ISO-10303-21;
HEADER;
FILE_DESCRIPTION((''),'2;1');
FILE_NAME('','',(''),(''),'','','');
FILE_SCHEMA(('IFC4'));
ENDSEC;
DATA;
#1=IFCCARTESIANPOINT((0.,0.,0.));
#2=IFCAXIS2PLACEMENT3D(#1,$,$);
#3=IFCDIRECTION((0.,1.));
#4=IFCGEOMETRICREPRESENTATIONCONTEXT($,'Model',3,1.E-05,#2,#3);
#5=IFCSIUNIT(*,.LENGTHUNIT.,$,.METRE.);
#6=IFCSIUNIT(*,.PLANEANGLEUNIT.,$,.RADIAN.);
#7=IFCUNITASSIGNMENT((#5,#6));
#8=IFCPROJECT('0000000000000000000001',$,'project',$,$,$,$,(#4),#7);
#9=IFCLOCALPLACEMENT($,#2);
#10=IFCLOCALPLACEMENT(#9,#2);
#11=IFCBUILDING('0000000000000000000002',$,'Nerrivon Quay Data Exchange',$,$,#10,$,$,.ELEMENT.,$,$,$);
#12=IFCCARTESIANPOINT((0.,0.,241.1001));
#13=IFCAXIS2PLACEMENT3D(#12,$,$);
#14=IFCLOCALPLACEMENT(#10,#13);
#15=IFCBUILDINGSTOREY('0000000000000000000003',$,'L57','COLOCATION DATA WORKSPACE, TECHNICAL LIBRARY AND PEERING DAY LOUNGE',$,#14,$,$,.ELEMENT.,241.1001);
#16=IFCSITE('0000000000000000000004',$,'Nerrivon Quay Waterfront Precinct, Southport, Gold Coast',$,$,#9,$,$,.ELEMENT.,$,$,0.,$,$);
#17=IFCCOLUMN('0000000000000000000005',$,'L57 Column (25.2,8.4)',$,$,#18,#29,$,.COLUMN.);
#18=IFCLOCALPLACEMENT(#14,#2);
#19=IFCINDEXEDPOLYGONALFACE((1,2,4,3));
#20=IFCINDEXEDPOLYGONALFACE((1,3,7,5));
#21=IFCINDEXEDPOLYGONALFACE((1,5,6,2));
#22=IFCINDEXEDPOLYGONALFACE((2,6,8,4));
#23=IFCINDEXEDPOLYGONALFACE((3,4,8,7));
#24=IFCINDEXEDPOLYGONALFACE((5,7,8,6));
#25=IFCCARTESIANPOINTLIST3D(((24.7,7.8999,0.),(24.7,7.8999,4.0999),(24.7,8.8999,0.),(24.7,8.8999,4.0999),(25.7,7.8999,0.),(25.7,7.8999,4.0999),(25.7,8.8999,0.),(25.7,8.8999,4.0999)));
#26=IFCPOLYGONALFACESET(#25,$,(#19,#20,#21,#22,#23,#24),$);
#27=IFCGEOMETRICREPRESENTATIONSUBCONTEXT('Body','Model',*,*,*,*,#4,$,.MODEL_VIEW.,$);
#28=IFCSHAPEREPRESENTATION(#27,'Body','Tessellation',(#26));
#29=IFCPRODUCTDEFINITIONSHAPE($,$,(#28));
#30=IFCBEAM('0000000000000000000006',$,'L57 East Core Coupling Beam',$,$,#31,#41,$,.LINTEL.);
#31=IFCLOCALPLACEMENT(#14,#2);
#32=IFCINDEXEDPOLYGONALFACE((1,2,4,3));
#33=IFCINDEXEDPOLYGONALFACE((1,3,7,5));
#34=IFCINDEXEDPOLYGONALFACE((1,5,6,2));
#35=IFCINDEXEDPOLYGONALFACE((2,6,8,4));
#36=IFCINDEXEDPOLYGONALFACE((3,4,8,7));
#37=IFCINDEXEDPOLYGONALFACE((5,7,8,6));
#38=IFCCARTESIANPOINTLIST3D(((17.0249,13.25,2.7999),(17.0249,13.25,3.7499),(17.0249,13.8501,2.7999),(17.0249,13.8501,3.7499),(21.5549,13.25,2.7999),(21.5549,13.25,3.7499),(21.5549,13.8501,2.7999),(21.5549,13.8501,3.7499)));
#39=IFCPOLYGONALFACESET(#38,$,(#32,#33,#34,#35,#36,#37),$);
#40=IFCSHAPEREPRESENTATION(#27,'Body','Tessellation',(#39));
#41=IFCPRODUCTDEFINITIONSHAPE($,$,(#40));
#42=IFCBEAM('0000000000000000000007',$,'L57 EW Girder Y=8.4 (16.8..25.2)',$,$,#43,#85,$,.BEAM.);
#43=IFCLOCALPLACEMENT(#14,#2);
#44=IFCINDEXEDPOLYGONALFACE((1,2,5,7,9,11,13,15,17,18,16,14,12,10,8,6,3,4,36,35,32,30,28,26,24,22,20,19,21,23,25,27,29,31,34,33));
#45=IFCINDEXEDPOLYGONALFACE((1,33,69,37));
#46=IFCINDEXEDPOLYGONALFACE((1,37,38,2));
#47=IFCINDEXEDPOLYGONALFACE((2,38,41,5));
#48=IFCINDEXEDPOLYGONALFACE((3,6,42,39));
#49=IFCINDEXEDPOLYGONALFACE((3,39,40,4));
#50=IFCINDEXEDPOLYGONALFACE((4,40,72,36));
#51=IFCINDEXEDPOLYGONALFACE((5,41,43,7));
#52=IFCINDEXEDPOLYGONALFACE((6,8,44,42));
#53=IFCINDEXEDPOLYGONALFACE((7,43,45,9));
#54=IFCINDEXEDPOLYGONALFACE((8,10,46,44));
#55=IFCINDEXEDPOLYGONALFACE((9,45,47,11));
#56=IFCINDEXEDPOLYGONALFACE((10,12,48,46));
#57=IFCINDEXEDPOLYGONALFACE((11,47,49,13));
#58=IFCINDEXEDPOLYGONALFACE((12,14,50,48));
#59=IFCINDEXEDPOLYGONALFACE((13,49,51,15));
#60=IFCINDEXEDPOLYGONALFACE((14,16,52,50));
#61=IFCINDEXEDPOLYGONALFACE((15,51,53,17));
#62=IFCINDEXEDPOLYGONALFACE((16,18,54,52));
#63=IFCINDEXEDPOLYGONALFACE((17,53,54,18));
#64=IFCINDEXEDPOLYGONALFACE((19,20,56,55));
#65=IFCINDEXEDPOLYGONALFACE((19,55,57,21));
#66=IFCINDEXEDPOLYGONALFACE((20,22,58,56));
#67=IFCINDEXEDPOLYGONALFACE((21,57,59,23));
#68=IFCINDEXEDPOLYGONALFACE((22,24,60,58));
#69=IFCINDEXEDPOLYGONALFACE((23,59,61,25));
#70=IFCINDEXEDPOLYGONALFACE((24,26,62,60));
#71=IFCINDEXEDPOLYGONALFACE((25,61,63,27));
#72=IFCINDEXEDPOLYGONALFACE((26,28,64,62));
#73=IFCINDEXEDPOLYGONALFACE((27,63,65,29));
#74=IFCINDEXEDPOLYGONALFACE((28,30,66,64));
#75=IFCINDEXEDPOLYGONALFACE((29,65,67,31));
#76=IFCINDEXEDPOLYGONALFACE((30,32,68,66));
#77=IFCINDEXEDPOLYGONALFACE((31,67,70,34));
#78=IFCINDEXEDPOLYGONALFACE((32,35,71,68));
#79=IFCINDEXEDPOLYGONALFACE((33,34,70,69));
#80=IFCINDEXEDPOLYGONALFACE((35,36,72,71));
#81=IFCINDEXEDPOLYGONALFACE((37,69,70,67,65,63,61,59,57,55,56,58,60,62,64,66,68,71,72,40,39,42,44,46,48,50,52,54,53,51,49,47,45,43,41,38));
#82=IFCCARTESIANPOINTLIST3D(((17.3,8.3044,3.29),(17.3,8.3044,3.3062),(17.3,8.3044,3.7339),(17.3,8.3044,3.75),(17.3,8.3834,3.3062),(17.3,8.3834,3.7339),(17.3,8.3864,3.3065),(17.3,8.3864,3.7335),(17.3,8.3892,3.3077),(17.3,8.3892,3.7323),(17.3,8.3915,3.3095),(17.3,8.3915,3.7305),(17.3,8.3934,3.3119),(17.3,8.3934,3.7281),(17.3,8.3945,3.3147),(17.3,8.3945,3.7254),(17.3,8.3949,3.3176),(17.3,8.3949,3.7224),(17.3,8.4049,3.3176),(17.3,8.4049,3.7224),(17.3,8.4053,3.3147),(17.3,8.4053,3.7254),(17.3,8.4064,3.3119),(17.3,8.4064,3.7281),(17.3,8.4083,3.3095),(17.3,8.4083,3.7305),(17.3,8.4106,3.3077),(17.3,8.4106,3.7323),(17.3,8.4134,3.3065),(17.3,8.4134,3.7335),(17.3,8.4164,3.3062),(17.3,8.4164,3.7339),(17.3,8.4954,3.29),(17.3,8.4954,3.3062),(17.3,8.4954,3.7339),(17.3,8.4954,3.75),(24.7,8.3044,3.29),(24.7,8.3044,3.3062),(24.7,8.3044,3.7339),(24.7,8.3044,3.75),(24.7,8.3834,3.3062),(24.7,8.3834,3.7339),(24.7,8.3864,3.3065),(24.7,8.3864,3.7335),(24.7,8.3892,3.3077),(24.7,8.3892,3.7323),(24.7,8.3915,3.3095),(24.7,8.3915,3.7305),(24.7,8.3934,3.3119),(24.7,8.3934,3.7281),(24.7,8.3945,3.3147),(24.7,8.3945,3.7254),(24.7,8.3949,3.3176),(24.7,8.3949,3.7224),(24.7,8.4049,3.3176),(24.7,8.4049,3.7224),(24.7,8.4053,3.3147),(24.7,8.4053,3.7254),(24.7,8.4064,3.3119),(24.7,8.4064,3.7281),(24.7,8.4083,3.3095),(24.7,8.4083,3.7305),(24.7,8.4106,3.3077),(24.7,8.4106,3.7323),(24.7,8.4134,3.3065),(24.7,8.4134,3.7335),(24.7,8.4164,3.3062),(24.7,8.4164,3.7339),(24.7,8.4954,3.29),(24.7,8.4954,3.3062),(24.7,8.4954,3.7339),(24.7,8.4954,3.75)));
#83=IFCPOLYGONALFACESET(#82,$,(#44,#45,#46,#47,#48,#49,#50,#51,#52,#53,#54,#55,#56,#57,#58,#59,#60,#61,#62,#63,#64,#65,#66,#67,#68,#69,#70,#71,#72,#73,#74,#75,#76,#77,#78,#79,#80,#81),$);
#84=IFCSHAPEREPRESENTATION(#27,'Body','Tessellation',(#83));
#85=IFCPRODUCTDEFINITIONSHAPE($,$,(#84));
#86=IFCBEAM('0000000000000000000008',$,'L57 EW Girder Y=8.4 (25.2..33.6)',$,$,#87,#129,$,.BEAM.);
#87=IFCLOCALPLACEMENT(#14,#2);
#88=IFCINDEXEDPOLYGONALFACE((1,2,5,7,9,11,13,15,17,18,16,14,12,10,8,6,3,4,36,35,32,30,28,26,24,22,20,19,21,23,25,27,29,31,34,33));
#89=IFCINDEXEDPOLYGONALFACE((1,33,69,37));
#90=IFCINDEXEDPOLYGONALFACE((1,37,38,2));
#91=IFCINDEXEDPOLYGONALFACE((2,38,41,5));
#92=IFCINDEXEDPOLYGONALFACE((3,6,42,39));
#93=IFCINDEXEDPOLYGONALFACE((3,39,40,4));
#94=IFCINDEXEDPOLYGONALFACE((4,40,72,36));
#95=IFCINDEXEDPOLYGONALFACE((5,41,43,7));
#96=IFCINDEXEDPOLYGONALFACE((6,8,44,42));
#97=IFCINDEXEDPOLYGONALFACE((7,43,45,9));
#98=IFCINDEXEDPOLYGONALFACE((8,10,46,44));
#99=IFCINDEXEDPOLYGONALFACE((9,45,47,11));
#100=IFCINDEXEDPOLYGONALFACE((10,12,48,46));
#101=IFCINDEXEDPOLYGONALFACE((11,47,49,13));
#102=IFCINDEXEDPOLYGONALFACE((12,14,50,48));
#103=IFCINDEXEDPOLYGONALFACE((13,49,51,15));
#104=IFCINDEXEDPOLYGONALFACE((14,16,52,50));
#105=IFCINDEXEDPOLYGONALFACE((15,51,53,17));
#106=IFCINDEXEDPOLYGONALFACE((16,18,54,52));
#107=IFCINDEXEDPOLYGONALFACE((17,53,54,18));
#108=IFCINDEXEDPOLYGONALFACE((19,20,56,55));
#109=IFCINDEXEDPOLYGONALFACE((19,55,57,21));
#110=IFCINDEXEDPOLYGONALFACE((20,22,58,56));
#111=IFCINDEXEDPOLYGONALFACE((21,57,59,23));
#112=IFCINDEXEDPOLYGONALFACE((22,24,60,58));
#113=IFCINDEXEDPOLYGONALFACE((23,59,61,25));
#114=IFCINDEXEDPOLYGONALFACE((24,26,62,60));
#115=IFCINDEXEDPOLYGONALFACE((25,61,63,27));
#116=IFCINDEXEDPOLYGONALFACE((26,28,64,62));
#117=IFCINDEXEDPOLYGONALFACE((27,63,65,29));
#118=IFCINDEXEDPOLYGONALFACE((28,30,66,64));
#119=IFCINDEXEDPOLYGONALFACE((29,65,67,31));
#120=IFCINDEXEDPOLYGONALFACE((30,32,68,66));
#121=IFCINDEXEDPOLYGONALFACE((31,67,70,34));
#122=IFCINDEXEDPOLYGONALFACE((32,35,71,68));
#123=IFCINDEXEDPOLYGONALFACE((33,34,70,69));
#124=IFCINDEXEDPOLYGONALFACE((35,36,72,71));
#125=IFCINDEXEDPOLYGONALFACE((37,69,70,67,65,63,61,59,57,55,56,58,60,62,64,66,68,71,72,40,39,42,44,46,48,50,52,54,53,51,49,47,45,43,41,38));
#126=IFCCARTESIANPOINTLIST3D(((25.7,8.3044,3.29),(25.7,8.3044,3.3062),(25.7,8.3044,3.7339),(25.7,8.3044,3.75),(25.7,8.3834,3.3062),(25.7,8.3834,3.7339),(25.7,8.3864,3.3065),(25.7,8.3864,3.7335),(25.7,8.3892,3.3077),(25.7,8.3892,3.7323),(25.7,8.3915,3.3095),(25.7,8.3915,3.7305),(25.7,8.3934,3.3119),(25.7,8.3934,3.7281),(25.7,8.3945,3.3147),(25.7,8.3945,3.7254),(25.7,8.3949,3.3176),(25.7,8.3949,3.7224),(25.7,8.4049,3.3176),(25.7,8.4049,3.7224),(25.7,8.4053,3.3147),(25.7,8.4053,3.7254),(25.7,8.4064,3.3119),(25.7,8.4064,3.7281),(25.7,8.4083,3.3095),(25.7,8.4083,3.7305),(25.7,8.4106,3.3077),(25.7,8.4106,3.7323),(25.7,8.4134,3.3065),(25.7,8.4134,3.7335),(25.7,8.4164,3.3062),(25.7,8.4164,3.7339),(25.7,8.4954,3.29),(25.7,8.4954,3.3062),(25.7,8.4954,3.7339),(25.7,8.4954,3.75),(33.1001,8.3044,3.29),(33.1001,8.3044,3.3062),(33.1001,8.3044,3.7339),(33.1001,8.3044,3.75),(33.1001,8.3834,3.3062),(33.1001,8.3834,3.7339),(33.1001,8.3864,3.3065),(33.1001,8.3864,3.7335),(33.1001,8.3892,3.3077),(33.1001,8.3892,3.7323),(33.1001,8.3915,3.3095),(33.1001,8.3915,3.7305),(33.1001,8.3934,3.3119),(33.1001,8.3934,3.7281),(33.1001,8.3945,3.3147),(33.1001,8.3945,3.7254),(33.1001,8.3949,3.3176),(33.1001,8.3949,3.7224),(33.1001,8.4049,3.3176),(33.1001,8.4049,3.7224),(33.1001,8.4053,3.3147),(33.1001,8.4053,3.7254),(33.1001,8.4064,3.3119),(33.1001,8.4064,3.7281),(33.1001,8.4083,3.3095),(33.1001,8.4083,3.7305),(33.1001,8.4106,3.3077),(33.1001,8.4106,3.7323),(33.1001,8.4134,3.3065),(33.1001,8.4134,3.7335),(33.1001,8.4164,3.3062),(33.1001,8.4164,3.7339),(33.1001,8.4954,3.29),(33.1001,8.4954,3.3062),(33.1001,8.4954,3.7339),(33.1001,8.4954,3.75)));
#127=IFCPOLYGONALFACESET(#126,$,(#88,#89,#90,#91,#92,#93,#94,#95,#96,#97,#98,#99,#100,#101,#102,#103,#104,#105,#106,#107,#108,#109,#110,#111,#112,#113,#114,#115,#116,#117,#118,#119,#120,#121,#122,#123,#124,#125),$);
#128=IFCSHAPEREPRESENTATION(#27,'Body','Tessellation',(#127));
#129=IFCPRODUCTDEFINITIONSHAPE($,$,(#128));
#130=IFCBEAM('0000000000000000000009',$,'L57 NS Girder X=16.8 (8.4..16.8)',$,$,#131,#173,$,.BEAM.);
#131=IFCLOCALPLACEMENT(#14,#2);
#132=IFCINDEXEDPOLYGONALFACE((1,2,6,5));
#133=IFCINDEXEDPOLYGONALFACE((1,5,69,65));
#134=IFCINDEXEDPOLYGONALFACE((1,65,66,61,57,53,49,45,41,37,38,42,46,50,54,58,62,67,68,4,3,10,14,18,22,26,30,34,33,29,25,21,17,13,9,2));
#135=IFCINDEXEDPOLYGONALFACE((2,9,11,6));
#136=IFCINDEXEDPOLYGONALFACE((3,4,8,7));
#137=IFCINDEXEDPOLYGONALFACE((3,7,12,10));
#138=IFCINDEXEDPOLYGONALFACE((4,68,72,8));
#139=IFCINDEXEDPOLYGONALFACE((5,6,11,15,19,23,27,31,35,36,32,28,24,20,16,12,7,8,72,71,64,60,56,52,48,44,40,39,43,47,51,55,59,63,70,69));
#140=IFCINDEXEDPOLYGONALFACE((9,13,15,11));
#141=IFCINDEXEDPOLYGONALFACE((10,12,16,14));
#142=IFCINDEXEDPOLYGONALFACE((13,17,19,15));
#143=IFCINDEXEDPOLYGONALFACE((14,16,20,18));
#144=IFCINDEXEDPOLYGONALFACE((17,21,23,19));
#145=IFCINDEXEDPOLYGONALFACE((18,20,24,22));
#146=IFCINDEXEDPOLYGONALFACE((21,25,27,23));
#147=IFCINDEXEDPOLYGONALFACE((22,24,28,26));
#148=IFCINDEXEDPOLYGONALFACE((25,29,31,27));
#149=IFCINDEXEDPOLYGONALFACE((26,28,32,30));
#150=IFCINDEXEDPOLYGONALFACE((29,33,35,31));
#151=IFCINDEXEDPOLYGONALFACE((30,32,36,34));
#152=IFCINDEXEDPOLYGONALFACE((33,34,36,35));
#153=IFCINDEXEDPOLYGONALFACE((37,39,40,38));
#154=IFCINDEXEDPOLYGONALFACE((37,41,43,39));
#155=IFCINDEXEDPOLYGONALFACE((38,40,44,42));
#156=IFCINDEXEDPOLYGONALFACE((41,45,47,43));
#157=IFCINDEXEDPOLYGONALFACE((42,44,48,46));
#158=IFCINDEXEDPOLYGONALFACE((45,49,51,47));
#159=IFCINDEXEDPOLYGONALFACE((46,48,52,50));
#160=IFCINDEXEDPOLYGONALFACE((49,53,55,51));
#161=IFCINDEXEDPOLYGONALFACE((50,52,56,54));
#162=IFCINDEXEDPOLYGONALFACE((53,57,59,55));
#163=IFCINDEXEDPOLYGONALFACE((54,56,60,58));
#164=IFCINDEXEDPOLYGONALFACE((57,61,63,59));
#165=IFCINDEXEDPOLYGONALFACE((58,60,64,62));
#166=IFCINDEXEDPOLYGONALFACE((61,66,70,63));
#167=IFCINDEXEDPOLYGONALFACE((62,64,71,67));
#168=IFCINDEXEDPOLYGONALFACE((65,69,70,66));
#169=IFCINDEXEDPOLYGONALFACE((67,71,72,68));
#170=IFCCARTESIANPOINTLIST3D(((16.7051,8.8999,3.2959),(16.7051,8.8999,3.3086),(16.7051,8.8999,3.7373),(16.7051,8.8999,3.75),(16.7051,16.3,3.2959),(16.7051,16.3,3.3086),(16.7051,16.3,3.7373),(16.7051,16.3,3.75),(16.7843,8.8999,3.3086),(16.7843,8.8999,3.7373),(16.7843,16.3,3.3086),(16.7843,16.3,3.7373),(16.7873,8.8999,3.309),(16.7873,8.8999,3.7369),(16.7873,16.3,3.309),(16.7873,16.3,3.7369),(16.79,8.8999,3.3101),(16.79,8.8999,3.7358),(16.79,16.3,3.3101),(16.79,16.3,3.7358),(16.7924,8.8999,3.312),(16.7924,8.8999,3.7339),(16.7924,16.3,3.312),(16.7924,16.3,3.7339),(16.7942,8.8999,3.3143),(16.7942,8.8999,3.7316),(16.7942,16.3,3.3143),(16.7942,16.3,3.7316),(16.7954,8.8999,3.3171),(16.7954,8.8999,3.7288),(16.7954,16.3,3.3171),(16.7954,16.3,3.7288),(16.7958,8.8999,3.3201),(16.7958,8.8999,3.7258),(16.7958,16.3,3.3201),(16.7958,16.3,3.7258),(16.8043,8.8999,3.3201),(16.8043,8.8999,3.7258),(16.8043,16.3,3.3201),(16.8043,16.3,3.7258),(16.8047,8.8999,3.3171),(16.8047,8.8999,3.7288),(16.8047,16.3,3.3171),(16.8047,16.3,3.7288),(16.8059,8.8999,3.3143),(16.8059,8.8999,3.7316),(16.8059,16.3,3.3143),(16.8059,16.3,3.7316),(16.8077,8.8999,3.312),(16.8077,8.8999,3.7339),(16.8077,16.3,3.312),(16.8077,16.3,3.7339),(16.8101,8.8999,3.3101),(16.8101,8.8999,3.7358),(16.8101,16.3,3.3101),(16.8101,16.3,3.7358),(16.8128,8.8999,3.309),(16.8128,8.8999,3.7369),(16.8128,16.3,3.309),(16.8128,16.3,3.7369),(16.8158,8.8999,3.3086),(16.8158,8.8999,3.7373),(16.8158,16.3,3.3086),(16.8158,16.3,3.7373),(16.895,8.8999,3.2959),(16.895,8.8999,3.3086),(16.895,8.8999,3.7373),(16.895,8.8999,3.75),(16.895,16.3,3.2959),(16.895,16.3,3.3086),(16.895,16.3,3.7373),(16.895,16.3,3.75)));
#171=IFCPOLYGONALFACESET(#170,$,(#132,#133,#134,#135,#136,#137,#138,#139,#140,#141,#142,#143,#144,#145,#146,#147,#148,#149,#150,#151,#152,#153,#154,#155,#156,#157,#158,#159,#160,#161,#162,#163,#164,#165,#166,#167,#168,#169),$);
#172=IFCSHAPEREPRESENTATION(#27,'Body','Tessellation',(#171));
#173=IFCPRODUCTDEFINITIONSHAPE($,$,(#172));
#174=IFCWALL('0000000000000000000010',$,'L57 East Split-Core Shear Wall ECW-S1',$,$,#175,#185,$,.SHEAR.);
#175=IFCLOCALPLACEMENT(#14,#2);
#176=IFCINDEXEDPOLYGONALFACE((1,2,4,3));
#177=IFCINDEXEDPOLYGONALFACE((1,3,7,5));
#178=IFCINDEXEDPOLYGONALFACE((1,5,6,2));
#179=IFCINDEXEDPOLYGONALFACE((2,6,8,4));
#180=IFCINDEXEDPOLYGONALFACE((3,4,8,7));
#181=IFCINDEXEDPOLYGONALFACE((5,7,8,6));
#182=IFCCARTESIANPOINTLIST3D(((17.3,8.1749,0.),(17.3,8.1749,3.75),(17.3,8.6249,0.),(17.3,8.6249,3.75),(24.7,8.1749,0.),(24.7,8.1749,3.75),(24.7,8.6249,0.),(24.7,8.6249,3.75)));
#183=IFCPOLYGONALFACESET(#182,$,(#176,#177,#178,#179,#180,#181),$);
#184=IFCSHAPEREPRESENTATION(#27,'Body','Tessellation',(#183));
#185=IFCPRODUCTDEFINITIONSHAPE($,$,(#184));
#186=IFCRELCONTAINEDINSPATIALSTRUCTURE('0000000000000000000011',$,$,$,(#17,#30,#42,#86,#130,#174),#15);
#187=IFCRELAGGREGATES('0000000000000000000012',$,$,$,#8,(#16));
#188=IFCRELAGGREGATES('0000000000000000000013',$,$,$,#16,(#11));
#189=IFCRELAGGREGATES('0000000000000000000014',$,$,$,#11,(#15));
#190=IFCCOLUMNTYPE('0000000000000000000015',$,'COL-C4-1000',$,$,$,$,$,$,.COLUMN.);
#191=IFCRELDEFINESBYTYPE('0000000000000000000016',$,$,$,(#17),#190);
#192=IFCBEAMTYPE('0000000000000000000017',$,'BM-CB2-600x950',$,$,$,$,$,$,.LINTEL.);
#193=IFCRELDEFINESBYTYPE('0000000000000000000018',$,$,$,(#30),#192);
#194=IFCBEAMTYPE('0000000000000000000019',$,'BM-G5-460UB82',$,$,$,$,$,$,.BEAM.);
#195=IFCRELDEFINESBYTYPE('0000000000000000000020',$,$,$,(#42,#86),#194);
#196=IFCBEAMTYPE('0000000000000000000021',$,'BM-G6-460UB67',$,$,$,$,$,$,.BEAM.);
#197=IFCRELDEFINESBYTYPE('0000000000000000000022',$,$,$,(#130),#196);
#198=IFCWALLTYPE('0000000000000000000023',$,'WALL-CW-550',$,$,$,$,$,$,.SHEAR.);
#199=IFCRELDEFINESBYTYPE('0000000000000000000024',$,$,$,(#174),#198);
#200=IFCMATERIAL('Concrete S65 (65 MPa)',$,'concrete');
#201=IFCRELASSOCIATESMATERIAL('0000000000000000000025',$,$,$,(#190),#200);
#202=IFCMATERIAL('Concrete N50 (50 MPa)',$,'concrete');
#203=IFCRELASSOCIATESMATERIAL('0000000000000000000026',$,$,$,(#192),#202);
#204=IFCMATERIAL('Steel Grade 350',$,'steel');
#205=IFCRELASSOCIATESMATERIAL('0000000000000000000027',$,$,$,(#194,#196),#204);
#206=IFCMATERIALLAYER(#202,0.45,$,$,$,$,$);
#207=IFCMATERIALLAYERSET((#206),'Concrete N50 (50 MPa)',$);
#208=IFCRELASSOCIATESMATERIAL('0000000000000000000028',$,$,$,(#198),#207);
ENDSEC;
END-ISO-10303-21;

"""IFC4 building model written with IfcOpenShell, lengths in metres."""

from ifc_helpers import new_model, si_unit, direction, frame, frame_2d, origin, origin_2d, place, context, subcontext, project, spatial, rectangle, i_section, extrude, material, layer, layer_set, material_profile, profile_set, type_object, element, save


model = new_model("IFC4")

# Units and contexts
model_context = context("Model", 3, precision=1e-05, world=origin(), true_north=direction((0.0, 1.0)))
body_context = subcontext(model_context, "Body", "Model", "MODEL_VIEW")
ifc_project = project(units=[si_unit("LENGTHUNIT", "METRE"), si_unit("PLANEANGLEUNIT", "RADIAN")], contexts=[model_context])

# Site, building, storey
site_placement = place(None, origin())
site = spatial("IfcSite", under=ifc_project, at=site_placement, Name="Nerrivon Quay Waterfront Precinct, Southport, Gold Coast", CompositionType="ELEMENT", RefElevation=0.0)
building_placement = place(site_placement, origin())
building = spatial("IfcBuilding", under=site, at=building_placement, Name="Nerrivon Quay Data Exchange", CompositionType="ELEMENT")
storey_placement = place(building_placement, frame((0.0, 0.0, 241.1001)))
storey = spatial("IfcBuildingStorey", under=building, at=storey_placement, Name="L57", Description="COLOCATION DATA WORKSPACE, TECHNICAL LIBRARY AND PEERING DAY LOUNGE", CompositionType="ELEMENT", Elevation=241.1001)

# Column
ifc_material_1 = material(Name="Concrete S65 (65 MPa)", Category="concrete")
ifc_material_profile_1 = material_profile(ifc_material_1, rectangle(XDim=1.0, YDim=1.0, at=origin_2d()), Name="RC-COL-1000x1000")
ifc_profile_set_1 = profile_set([ifc_material_profile_1], Name="Concrete S65 (65 MPa)")
column_type = type_object("IfcColumnType", Name="COL-C4-1000", PredefinedType="COLUMN", material=ifc_profile_set_1)
column_placement = place(storey_placement, frame((25.2, 8.3999, 0.0), z_axis=(0.0, 0.0, 1.0), x_axis=(1.0, 0.0, 0.0)))
element("IfcColumn", 1, at=column_placement, inside=storey, type_object=column_type, Name="L57 Column (25.2,8.4)", PredefinedType="COLUMN", context=body_context, shape_type="SweptSolid", body=[
    extrude(rectangle(XDim=1.0, YDim=1.0, at=origin_2d()), origin(), (0.0, 0.0, 1.0), 4.0999),
])

# Beams
ifc_material_2 = material(Name="Concrete N50 (50 MPa)", Category="concrete")
ifc_material_profile_2 = material_profile(ifc_material_2, rectangle(XDim=0.6001, YDim=0.95, at=origin_2d()), Name="RC-CB-600x950")
ifc_profile_set_2 = profile_set([ifc_material_profile_2], Name="Concrete N50 (50 MPa)")
beam_type_1 = type_object("IfcBeamType", Name="BM-CB2-600x950", PredefinedType="LINTEL", material=ifc_profile_set_2)
beam_1_placement = place(storey_placement, frame((17.0249, 13.55, 3.2749), z_axis=(1.0, 0.0, 0.0), x_axis=(0.0, 1.0, 0.0)))
element("IfcBeam", 2, at=beam_1_placement, inside=storey, type_object=beam_type_1, Name="L57 East Core Coupling Beam", PredefinedType="LINTEL", context=body_context, shape_type="SweptSolid", body=[
    extrude(rectangle(XDim=0.6001, YDim=0.95, at=origin_2d()), origin(), (0.0, 0.0, 1.0), 4.53),
])
ifc_material_3 = material(Name="Steel Grade 350", Category="steel")
ifc_material_profile_3 = material_profile(ifc_material_3, i_section(OverallWidth=0.1909, OverallDepth=0.46, WebThickness=0.01, FlangeThickness=0.0161, FilletRadius=0.0115, at=origin_2d()), Name="460UB82.1")
ifc_profile_set_3 = profile_set([ifc_material_profile_3], Name="Steel Grade 350")
beam_type_2 = type_object("IfcBeamType", Name="BM-G5-460UB82", PredefinedType="BEAM", material=ifc_profile_set_3)
beam_2_placement = place(storey_placement, frame((17.3, 8.3999, 3.52), z_axis=(1.0, 0.0, 0.0), x_axis=(0.0, 1.0, 0.0)))
element("IfcBeam", 3, at=beam_2_placement, inside=storey, type_object=beam_type_2, Name="L57 EW Girder Y=8.4 (16.8..25.2)", PredefinedType="BEAM", context=body_context, shape_type="SweptSolid", body=[
    extrude(i_section(OverallWidth=0.1909, OverallDepth=0.46, WebThickness=0.01, FlangeThickness=0.0161, FilletRadius=0.0115, at=origin_2d()), origin(), (0.0, 0.0, 1.0), 7.3999),
])
beam_3_placement = place(storey_placement, frame((25.7, 8.3999, 3.52), z_axis=(1.0, 0.0, 0.0), x_axis=(0.0, 1.0, 0.0)))
element("IfcBeam", 4, at=beam_3_placement, inside=storey, type_object=beam_type_2, Name="L57 EW Girder Y=8.4 (25.2..33.6)", PredefinedType="BEAM", context=body_context, shape_type="SweptSolid", body=[
    extrude(i_section(OverallWidth=0.1909, OverallDepth=0.46, WebThickness=0.01, FlangeThickness=0.0161, FilletRadius=0.0115, at=origin_2d()), origin(), (0.0, 0.0, 1.0), 7.4001),
])
ifc_material_profile_4 = material_profile(ifc_material_3, i_section(OverallWidth=0.1899, OverallDepth=0.4541, WebThickness=0.0085, FlangeThickness=0.0127, FilletRadius=0.0115, at=origin_2d()), Name="460UB67.1")
ifc_profile_set_4 = profile_set([ifc_material_profile_4], Name="Steel Grade 350")
beam_type_3 = type_object("IfcBeamType", Name="BM-G6-460UB67", PredefinedType="BEAM", material=ifc_profile_set_4)
beam_4_placement = place(storey_placement, frame((16.8, 8.8999, 3.5229), z_axis=(0.0, 1.0, 0.0), x_axis=(-1.0, 0.0, 0.0)))
element("IfcBeam", 5, at=beam_4_placement, inside=storey, type_object=beam_type_3, Name="L57 NS Girder X=16.8 (8.4..16.8)", PredefinedType="BEAM", context=body_context, shape_type="SweptSolid", body=[
    extrude(i_section(OverallWidth=0.1899, OverallDepth=0.4541, WebThickness=0.0085, FlangeThickness=0.0127, FilletRadius=0.0115, at=origin_2d()), origin(), (0.0, 0.0, 1.0), 7.4001),
])

# Wall
ifc_layer_1 = layer(ifc_material_2, 0.45)
ifc_layer_set_1 = layer_set([ifc_layer_1], Name="Concrete N50 (50 MPa)")
wall_type_1 = type_object("IfcWallType", Name="WALL-CW-550", PredefinedType="SHEAR", material=ifc_layer_set_1)
wall_1_placement = place(storey_placement, frame((17.3, 8.3999, 0.0), z_axis=(0.0, 0.0, 1.0), x_axis=(1.0, 0.0, 0.0)))
element("IfcWall", 6, at=wall_1_placement, inside=storey, type_object=wall_type_1, Name="L57 East Split-Core Shear Wall ECW-S1", PredefinedType="SHEAR", context=body_context, shape_type="SweptSolid", body=[
    extrude(rectangle(XDim=7.3999, YDim=0.45, at=frame_2d((3.7, 0.0))), origin(), (0.0, 0.0, 1.0), 3.75),
])

save(model, "model.ifc")
